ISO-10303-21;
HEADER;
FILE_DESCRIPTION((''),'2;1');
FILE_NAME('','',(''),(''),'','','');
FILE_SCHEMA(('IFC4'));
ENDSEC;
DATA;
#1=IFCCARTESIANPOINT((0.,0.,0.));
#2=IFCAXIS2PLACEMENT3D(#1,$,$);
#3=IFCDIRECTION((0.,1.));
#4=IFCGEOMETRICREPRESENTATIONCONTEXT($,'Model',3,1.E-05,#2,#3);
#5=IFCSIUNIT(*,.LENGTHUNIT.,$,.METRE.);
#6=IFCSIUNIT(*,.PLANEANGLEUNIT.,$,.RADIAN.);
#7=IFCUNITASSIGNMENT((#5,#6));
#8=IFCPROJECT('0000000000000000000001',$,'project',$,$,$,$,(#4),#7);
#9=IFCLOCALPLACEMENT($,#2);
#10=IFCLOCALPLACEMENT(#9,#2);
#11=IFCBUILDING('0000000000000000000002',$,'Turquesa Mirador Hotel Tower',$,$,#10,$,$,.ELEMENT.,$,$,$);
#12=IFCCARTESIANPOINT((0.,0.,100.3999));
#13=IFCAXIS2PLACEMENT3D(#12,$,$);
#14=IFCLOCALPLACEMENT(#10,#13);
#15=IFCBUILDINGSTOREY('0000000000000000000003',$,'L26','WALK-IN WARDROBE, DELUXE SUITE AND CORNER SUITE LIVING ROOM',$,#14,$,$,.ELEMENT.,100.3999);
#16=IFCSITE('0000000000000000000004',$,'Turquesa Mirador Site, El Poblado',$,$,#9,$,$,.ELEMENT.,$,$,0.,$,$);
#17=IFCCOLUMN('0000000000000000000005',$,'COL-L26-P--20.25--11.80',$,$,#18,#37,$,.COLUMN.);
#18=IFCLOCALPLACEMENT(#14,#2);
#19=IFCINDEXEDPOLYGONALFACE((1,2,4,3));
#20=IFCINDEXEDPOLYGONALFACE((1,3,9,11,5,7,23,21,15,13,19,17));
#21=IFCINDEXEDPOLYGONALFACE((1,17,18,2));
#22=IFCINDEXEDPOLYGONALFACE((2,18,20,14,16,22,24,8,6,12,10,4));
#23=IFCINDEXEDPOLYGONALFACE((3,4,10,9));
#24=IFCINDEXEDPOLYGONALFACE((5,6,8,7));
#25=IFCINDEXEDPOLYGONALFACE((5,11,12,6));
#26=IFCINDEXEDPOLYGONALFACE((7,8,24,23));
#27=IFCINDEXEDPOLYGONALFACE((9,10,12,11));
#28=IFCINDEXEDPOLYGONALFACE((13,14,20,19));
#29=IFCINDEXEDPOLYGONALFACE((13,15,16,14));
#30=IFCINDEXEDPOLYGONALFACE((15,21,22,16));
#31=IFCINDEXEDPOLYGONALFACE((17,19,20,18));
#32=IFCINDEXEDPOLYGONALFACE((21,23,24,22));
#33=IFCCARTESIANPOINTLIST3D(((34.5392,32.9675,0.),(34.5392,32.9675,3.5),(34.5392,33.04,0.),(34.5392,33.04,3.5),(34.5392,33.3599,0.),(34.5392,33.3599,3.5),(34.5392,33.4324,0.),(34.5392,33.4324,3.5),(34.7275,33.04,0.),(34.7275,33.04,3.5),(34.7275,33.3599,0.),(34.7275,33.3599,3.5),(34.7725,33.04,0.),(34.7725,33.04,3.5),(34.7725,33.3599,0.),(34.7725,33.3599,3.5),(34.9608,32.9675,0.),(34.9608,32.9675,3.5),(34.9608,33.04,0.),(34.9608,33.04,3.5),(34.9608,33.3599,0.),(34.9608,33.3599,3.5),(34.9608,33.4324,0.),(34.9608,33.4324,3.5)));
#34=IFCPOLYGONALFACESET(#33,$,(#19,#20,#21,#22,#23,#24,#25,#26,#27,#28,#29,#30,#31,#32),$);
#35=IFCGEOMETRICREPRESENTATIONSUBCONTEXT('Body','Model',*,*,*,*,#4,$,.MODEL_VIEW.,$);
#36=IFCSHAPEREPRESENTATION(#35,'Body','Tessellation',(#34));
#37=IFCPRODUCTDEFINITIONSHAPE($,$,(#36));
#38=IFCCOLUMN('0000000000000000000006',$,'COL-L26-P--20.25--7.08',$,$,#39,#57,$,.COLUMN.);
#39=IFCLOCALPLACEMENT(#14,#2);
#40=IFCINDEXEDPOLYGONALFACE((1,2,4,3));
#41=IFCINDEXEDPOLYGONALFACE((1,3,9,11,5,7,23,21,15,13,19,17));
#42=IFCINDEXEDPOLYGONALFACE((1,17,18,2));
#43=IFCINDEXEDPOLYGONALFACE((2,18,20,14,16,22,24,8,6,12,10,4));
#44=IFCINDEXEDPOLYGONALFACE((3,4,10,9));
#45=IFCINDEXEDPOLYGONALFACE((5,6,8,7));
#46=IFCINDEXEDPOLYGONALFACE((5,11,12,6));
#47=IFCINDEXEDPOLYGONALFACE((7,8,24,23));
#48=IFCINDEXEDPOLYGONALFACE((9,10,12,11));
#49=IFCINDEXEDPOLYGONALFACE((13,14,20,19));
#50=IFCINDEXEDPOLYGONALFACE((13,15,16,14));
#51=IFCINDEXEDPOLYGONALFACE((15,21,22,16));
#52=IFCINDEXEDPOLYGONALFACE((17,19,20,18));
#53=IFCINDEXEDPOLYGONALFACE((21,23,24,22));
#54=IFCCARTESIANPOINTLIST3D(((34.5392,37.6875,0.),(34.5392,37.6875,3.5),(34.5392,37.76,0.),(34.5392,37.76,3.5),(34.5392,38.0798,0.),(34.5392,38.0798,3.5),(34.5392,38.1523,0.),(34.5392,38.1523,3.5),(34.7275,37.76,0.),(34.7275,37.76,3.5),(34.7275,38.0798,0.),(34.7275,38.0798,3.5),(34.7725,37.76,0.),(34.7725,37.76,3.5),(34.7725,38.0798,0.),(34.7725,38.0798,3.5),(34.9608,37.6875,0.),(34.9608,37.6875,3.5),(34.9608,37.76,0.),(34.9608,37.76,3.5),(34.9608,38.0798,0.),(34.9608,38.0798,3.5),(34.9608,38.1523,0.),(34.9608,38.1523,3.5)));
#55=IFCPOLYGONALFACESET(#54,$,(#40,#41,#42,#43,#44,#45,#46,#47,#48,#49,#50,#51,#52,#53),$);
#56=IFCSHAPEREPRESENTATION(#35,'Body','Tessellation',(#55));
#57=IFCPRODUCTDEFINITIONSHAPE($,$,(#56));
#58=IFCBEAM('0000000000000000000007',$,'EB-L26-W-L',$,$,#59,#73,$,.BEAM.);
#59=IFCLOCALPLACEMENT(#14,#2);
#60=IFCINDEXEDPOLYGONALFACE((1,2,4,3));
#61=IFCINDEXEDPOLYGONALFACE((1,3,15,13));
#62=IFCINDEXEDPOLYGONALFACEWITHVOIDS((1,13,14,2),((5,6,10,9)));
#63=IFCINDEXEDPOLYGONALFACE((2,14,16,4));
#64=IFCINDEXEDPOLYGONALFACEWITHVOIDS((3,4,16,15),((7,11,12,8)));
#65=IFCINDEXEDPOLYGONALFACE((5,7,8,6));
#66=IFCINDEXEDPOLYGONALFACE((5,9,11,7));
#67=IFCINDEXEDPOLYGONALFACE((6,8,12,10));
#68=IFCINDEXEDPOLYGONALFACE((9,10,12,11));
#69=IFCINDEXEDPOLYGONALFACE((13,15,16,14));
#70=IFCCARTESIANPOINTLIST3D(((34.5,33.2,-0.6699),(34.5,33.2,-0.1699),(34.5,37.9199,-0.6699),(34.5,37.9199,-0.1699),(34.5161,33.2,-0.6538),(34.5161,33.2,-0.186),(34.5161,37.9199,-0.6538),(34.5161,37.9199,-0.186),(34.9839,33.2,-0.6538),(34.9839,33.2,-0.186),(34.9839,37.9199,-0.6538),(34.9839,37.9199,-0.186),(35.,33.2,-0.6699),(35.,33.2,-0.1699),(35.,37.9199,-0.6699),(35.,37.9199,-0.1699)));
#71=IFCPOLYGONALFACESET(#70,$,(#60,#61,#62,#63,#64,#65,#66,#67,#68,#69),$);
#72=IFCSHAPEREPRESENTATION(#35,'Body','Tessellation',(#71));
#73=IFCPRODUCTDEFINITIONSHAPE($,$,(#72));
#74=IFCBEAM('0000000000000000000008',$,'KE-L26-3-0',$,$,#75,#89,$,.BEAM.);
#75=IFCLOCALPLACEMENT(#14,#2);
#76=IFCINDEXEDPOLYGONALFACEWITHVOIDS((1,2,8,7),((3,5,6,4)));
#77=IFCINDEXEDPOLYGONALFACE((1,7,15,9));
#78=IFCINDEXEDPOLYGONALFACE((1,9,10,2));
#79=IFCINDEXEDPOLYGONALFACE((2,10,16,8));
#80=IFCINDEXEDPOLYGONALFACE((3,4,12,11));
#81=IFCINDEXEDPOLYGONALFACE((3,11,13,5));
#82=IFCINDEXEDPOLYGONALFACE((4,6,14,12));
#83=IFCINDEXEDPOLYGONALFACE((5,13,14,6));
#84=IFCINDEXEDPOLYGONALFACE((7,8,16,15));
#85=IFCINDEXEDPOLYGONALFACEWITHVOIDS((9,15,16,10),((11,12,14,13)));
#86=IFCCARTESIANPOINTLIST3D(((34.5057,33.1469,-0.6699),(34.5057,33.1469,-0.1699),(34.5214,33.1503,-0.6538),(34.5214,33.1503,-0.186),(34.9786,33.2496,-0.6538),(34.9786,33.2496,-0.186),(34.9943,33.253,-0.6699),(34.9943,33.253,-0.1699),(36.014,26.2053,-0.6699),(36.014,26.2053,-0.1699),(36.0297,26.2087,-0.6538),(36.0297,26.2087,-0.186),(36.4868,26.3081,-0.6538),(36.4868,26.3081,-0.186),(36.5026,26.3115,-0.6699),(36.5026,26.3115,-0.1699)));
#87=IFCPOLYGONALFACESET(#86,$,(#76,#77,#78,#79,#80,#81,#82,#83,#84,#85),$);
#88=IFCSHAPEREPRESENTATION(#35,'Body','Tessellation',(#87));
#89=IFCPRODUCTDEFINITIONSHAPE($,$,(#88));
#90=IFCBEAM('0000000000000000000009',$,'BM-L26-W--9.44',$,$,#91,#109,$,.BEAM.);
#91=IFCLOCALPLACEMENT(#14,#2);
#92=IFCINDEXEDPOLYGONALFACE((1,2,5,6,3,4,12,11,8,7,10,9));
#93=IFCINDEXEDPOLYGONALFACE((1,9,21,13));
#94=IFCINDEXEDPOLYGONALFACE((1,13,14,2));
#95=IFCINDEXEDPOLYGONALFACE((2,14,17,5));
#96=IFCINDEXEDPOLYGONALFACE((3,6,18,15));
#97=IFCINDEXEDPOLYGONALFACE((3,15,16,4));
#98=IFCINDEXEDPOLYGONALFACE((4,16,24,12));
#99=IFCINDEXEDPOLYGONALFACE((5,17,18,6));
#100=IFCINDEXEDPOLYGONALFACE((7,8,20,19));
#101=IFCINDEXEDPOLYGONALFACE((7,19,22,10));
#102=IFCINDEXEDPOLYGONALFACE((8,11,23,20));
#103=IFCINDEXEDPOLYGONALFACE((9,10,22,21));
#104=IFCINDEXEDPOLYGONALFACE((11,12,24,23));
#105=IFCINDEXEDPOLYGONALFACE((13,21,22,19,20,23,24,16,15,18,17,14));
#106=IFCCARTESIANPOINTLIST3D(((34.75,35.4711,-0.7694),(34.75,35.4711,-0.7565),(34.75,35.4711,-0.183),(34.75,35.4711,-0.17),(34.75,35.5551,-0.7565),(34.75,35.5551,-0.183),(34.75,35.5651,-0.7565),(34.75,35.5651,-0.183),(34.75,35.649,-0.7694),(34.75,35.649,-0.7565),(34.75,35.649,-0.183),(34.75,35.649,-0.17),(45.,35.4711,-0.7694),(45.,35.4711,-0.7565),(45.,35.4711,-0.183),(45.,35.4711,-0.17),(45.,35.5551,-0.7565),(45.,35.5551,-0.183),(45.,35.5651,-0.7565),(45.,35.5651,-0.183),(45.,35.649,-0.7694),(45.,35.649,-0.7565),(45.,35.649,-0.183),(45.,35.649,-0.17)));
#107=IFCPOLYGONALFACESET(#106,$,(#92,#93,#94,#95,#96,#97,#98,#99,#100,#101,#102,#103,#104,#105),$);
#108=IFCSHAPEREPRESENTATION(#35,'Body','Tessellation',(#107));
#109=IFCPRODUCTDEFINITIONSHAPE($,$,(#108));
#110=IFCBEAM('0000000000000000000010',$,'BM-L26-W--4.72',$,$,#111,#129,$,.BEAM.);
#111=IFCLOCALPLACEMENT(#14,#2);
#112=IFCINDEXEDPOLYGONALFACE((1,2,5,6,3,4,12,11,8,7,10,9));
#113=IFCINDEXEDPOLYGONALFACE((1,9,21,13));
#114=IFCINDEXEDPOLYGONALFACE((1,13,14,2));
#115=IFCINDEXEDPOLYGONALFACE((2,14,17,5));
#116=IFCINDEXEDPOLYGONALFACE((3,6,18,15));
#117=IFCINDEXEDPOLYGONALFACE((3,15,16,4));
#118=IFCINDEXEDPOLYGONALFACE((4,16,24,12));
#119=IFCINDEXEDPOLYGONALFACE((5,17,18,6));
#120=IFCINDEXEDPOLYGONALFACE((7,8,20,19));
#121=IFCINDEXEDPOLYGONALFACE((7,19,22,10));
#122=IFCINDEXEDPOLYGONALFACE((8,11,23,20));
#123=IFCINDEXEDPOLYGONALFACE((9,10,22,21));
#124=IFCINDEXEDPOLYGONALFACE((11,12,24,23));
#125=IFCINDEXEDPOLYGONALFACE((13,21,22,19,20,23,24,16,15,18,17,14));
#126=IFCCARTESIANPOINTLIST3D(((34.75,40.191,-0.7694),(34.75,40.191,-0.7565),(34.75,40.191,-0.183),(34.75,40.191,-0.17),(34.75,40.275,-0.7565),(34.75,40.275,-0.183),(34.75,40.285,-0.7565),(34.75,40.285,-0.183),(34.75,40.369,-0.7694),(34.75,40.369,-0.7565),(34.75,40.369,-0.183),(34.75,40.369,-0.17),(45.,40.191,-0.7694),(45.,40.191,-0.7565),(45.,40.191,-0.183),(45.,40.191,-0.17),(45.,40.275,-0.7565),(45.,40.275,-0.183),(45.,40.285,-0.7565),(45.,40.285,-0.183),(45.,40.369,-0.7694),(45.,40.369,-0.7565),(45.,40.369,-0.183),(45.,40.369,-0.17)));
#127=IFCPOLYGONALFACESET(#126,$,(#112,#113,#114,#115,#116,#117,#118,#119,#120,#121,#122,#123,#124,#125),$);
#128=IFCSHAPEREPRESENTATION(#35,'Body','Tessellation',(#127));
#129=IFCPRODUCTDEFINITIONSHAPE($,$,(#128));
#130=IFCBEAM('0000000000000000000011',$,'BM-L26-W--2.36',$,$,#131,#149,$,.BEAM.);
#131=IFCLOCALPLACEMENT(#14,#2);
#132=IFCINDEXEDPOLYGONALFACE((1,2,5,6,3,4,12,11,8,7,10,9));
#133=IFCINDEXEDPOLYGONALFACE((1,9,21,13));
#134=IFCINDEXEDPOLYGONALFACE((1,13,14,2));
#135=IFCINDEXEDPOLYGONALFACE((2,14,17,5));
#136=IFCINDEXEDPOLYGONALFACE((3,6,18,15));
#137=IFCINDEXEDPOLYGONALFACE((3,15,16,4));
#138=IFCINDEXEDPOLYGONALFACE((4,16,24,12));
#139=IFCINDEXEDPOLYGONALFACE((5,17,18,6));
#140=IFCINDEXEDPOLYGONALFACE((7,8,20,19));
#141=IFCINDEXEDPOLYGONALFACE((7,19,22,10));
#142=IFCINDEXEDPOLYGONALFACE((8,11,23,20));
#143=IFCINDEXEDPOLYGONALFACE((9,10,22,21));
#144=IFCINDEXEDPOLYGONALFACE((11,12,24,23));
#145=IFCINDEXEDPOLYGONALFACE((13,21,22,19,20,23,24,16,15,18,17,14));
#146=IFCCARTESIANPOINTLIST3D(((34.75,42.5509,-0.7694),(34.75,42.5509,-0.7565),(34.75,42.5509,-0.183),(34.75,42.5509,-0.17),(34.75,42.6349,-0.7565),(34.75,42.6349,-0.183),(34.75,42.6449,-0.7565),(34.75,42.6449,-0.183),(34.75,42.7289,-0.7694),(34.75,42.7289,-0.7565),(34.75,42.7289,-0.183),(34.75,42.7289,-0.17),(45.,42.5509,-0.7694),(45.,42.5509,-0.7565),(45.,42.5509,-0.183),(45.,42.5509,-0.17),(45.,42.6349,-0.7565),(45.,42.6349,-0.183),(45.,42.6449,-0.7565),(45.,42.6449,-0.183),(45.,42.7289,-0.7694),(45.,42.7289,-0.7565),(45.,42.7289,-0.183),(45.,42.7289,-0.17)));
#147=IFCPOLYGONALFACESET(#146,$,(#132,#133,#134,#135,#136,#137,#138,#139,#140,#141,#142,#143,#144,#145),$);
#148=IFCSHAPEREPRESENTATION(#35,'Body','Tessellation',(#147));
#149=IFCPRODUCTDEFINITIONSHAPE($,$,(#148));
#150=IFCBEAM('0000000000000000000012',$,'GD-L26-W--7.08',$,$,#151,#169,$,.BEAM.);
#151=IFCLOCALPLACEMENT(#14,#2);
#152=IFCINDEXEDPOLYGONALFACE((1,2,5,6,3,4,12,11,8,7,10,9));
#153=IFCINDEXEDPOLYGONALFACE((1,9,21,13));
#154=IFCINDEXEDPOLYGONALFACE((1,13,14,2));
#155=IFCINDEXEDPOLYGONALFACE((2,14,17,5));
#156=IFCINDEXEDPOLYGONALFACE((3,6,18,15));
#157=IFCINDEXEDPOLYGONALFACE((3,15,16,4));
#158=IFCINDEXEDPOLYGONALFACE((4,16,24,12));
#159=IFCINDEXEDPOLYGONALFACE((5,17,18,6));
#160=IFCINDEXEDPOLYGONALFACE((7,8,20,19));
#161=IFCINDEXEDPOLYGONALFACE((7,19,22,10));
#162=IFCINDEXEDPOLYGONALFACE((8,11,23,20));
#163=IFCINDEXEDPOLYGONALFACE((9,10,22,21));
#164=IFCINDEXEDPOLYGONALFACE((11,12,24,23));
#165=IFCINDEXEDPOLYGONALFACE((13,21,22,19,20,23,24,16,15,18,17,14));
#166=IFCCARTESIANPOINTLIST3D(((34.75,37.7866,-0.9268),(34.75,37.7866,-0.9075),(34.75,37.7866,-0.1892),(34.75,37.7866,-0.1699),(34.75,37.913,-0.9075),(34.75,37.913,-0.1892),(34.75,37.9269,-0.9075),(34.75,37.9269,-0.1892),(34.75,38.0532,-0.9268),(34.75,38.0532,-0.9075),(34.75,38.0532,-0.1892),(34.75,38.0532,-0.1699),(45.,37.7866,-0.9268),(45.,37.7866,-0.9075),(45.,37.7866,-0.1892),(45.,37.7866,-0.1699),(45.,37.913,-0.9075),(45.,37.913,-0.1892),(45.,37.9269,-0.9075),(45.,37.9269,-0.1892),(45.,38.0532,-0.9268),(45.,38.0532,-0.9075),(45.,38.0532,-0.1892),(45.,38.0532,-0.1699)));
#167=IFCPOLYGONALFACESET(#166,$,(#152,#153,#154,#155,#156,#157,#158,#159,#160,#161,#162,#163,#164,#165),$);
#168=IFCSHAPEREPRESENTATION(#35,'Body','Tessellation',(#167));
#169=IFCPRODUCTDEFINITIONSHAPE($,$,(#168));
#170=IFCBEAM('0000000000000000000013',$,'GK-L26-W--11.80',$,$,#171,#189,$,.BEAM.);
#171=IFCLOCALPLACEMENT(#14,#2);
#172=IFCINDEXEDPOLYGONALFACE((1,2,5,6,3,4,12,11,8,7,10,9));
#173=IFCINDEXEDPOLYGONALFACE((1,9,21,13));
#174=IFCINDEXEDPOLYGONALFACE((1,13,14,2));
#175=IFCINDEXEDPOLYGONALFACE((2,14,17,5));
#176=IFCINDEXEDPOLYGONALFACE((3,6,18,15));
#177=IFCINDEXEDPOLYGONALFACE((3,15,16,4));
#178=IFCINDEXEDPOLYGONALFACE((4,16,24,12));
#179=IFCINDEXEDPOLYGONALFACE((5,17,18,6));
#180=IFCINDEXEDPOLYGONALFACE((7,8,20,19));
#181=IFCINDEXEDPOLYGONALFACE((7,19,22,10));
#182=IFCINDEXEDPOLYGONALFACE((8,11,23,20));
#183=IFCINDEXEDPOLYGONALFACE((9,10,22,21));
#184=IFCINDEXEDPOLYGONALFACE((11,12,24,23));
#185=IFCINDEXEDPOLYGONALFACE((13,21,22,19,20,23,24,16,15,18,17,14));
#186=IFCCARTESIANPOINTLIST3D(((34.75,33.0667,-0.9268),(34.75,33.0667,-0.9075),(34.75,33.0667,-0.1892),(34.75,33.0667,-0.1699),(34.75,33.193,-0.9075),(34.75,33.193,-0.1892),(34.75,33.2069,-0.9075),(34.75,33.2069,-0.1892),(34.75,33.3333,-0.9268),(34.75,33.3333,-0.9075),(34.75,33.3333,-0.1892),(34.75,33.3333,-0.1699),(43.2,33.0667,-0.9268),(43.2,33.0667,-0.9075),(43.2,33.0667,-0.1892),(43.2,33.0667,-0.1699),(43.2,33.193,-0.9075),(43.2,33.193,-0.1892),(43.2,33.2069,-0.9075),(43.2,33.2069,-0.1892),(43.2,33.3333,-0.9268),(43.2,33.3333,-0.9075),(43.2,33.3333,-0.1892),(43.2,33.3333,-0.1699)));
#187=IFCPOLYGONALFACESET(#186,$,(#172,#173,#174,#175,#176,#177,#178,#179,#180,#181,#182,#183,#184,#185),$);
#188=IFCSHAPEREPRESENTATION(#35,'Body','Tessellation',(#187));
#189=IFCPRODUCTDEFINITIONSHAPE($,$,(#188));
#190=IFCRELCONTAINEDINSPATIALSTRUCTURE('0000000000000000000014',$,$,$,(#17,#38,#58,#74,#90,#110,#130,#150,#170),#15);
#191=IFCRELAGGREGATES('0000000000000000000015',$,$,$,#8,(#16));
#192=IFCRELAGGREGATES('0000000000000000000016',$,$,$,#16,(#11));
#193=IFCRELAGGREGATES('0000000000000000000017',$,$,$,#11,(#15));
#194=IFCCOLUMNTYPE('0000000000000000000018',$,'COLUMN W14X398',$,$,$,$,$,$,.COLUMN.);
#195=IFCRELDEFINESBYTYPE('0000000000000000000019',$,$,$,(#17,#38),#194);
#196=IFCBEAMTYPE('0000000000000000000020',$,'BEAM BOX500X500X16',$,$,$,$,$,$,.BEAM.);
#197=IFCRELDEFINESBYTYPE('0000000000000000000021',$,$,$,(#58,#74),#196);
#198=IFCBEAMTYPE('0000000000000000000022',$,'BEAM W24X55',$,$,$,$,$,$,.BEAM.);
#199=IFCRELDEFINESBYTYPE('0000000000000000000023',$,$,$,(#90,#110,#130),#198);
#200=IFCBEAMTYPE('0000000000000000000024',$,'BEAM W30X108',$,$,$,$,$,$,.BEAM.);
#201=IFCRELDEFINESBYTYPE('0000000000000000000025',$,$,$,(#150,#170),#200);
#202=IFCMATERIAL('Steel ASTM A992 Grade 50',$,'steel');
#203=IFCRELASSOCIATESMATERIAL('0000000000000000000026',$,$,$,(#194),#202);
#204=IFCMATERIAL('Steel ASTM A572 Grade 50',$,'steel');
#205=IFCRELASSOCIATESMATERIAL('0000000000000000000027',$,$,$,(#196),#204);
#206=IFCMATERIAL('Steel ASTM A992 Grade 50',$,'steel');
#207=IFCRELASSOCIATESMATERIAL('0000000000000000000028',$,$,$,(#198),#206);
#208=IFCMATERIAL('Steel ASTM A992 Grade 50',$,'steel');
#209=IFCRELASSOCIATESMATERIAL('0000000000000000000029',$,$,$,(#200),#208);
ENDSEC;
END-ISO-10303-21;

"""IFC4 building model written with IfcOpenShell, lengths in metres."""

from ifc_helpers import new_model, si_unit, direction, frame, origin, origin_2d, place, context, subcontext, project, spatial, hollow_rectangle, i_section, extrude, material, material_profile, profile_set, type_object, element, save


model = new_model("IFC4")

# Units and contexts
model_context = context("Model", 3, precision=1e-05, world=origin(), true_north=direction((0.0, 1.0)))
body_context = subcontext(model_context, "Body", "Model", "MODEL_VIEW")
ifc_project = project(units=[si_unit("LENGTHUNIT", "METRE"), si_unit("PLANEANGLEUNIT", "RADIAN")], contexts=[model_context])

# Site, building, storey
site_placement = place(None, origin())
site = spatial("IfcSite", under=ifc_project, at=site_placement, Name="Turquesa Mirador Site, El Poblado", CompositionType="ELEMENT", RefElevation=0.0)
building_placement = place(site_placement, origin())
building = spatial("IfcBuilding", under=site, at=building_placement, Name="Turquesa Mirador Hotel Tower", CompositionType="ELEMENT")
storey_placement = place(building_placement, frame((0.0, 0.0, 100.3999)))
storey = spatial("IfcBuildingStorey", under=building, at=storey_placement, Name="L26", Description="WALK-IN WARDROBE, DELUXE SUITE AND CORNER SUITE LIVING ROOM", CompositionType="ELEMENT", Elevation=100.3999)

# Columns
ifc_material_1 = material(Name="Steel ASTM A992 Grade 50", Category="steel")
ifc_material_profile_1 = material_profile(ifc_material_1, i_section(OverallWidth=0.4216, OverallDepth=0.4648, WebThickness=0.0449, FlangeThickness=0.0725, at=origin_2d()), Name="W14X398")
ifc_profile_set_1 = profile_set([ifc_material_profile_1], Name="Steel ASTM A992 Grade 50")
column_type = type_object("IfcColumnType", Name="COLUMN W14X398", PredefinedType="COLUMN", material=ifc_profile_set_1)
for number, where, z_axis, x_axis, name in (
    (1, (34.75, 33.2, 0.0), (0.0, 0.0, 1.0), (1.0, 0.0, 0.0), "COL-L26-P--20.25--11.80"),
    (2, (34.75, 37.9199, 0.0), (0.0, 0.0, 1.0), (1.0, 0.0, 0.0), "COL-L26-P--20.25--7.08"),
):
    element("IfcColumn", number, at=place(storey_placement, frame(where, z_axis=z_axis, x_axis=x_axis)), inside=storey, type_object=column_type, Name=name, PredefinedType="COLUMN", context=body_context, shape_type="SweptSolid", body=[
        extrude(i_section(OverallWidth=0.4216, OverallDepth=0.4648, WebThickness=0.0449, FlangeThickness=0.0725, at=origin_2d()), origin(), (0.0, 0.0, 1.0), 3.5),
    ])

# Beams
ifc_material_2 = material(Name="Steel ASTM A572 Grade 50", Category="steel")
ifc_material_profile_2 = material_profile(ifc_material_2, hollow_rectangle(XDim=0.5, YDim=0.5, WallThickness=0.0161, at=origin_2d()), Name="BOX500X500X16")
ifc_profile_set_2 = profile_set([ifc_material_profile_2], Name="Steel ASTM A572 Grade 50")
beam_type_1 = type_object("IfcBeamType", Name="BEAM BOX500X500X16", PredefinedType="BEAM", material=ifc_profile_set_2)
beam_1_placement = place(storey_placement, frame((34.75, 33.2, -0.4199), z_axis=(0.0, 1.0, 0.0), x_axis=(-1.0, 0.0, 0.0)))
element("IfcBeam", 3, at=beam_1_placement, inside=storey, type_object=beam_type_1, Name="EB-L26-W-L", PredefinedType="BEAM", context=body_context, shape_type="SweptSolid", body=[
    extrude(hollow_rectangle(XDim=0.5, YDim=0.5, WallThickness=0.0161, at=origin_2d()), origin(), (0.0, 0.0, 1.0), 4.72),
])
beam_2_placement = place(storey_placement, frame((34.75, 33.2, -0.4199), z_axis=(0.212328, -0.977198, 0.0), x_axis=(0.977198, 0.212328, 0.0)))
element("IfcBeam", 4, at=beam_2_placement, inside=storey, type_object=beam_type_1, Name="KE-L26-3-0", PredefinedType="BEAM", context=body_context, shape_type="SweptSolid", body=[
    extrude(hollow_rectangle(XDim=0.5, YDim=0.5, WallThickness=0.0161, at=origin_2d()), origin(), (0.0, 0.0, 1.0), 7.1035),
])
ifc_material_3 = material(Name="Steel ASTM A992 Grade 50", Category="steel")
ifc_material_profile_3 = material_profile(ifc_material_3, i_section(OverallWidth=0.178, OverallDepth=0.5994, WebThickness=0.01, FlangeThickness=0.0129, at=origin_2d()), Name="W24X55")
ifc_profile_set_3 = profile_set([ifc_material_profile_3], Name="Steel ASTM A992 Grade 50")
beam_type_2 = type_object("IfcBeamType", Name="BEAM W24X55", PredefinedType="BEAM", material=ifc_profile_set_3)
for number, where, z_axis, x_axis, name in (
    (5, (34.75, 35.5601, -0.4697), (1.0, 0.0, 0.0), (0.0, 1.0, 0.0), "BM-L26-W--9.44"),
    (6, (34.75, 40.28, -0.4697), (1.0, 0.0, 0.0), (0.0, 1.0, 0.0), "BM-L26-W--4.72"),
    (7, (34.75, 42.6399, -0.4697), (1.0, 0.0, 0.0), (0.0, 1.0, 0.0), "BM-L26-W--2.36"),
):
    element("IfcBeam", number, at=place(storey_placement, frame(where, z_axis=z_axis, x_axis=x_axis)), inside=storey, type_object=beam_type_2, Name=name, PredefinedType="BEAM", context=body_context, shape_type="SweptSolid", body=[
        extrude(i_section(OverallWidth=0.178, OverallDepth=0.5994, WebThickness=0.01, FlangeThickness=0.0129, at=origin_2d()), origin(), (0.0, 0.0, 1.0), 10.25),
    ])
ifc_material_4 = material(Name="Steel ASTM A992 Grade 50", Category="steel")
ifc_material_profile_4 = material_profile(ifc_material_4, i_section(OverallWidth=0.2666, OverallDepth=0.7568, WebThickness=0.0139, FlangeThickness=0.0193, at=origin_2d()), Name="W30X108")
ifc_profile_set_4 = profile_set([ifc_material_profile_4], Name="Steel ASTM A992 Grade 50")
beam_type_3 = type_object("IfcBeamType", Name="BEAM W30X108", PredefinedType="BEAM", material=ifc_profile_set_4)
beam_3_placement = place(storey_placement, frame((34.75, 37.9199, -0.5483), z_axis=(1.0, 0.0, 0.0), x_axis=(0.0, 1.0, 0.0)))
element("IfcBeam", 8, at=beam_3_placement, inside=storey, type_object=beam_type_3, Name="GD-L26-W--7.08", PredefinedType="BEAM", context=body_context, shape_type="SweptSolid", body=[
    extrude(i_section(OverallWidth=0.2666, OverallDepth=0.7568, WebThickness=0.0139, FlangeThickness=0.0193, at=origin_2d()), origin(), (0.0, 0.0, 1.0), 10.25),
])
beam_4_placement = place(storey_placement, frame((34.75, 33.2, -0.5483), z_axis=(1.0, 0.0, 0.0), x_axis=(0.0, 1.0, 0.0)))
element("IfcBeam", 9, at=beam_4_placement, inside=storey, type_object=beam_type_3, Name="GK-L26-W--11.80", PredefinedType="BEAM", context=body_context, shape_type="SweptSolid", body=[
    extrude(i_section(OverallWidth=0.2666, OverallDepth=0.7568, WebThickness=0.0139, FlangeThickness=0.0193, at=origin_2d()), origin(), (0.0, 0.0, 1.0), 8.45),
])

save(model, "model.ifc")
